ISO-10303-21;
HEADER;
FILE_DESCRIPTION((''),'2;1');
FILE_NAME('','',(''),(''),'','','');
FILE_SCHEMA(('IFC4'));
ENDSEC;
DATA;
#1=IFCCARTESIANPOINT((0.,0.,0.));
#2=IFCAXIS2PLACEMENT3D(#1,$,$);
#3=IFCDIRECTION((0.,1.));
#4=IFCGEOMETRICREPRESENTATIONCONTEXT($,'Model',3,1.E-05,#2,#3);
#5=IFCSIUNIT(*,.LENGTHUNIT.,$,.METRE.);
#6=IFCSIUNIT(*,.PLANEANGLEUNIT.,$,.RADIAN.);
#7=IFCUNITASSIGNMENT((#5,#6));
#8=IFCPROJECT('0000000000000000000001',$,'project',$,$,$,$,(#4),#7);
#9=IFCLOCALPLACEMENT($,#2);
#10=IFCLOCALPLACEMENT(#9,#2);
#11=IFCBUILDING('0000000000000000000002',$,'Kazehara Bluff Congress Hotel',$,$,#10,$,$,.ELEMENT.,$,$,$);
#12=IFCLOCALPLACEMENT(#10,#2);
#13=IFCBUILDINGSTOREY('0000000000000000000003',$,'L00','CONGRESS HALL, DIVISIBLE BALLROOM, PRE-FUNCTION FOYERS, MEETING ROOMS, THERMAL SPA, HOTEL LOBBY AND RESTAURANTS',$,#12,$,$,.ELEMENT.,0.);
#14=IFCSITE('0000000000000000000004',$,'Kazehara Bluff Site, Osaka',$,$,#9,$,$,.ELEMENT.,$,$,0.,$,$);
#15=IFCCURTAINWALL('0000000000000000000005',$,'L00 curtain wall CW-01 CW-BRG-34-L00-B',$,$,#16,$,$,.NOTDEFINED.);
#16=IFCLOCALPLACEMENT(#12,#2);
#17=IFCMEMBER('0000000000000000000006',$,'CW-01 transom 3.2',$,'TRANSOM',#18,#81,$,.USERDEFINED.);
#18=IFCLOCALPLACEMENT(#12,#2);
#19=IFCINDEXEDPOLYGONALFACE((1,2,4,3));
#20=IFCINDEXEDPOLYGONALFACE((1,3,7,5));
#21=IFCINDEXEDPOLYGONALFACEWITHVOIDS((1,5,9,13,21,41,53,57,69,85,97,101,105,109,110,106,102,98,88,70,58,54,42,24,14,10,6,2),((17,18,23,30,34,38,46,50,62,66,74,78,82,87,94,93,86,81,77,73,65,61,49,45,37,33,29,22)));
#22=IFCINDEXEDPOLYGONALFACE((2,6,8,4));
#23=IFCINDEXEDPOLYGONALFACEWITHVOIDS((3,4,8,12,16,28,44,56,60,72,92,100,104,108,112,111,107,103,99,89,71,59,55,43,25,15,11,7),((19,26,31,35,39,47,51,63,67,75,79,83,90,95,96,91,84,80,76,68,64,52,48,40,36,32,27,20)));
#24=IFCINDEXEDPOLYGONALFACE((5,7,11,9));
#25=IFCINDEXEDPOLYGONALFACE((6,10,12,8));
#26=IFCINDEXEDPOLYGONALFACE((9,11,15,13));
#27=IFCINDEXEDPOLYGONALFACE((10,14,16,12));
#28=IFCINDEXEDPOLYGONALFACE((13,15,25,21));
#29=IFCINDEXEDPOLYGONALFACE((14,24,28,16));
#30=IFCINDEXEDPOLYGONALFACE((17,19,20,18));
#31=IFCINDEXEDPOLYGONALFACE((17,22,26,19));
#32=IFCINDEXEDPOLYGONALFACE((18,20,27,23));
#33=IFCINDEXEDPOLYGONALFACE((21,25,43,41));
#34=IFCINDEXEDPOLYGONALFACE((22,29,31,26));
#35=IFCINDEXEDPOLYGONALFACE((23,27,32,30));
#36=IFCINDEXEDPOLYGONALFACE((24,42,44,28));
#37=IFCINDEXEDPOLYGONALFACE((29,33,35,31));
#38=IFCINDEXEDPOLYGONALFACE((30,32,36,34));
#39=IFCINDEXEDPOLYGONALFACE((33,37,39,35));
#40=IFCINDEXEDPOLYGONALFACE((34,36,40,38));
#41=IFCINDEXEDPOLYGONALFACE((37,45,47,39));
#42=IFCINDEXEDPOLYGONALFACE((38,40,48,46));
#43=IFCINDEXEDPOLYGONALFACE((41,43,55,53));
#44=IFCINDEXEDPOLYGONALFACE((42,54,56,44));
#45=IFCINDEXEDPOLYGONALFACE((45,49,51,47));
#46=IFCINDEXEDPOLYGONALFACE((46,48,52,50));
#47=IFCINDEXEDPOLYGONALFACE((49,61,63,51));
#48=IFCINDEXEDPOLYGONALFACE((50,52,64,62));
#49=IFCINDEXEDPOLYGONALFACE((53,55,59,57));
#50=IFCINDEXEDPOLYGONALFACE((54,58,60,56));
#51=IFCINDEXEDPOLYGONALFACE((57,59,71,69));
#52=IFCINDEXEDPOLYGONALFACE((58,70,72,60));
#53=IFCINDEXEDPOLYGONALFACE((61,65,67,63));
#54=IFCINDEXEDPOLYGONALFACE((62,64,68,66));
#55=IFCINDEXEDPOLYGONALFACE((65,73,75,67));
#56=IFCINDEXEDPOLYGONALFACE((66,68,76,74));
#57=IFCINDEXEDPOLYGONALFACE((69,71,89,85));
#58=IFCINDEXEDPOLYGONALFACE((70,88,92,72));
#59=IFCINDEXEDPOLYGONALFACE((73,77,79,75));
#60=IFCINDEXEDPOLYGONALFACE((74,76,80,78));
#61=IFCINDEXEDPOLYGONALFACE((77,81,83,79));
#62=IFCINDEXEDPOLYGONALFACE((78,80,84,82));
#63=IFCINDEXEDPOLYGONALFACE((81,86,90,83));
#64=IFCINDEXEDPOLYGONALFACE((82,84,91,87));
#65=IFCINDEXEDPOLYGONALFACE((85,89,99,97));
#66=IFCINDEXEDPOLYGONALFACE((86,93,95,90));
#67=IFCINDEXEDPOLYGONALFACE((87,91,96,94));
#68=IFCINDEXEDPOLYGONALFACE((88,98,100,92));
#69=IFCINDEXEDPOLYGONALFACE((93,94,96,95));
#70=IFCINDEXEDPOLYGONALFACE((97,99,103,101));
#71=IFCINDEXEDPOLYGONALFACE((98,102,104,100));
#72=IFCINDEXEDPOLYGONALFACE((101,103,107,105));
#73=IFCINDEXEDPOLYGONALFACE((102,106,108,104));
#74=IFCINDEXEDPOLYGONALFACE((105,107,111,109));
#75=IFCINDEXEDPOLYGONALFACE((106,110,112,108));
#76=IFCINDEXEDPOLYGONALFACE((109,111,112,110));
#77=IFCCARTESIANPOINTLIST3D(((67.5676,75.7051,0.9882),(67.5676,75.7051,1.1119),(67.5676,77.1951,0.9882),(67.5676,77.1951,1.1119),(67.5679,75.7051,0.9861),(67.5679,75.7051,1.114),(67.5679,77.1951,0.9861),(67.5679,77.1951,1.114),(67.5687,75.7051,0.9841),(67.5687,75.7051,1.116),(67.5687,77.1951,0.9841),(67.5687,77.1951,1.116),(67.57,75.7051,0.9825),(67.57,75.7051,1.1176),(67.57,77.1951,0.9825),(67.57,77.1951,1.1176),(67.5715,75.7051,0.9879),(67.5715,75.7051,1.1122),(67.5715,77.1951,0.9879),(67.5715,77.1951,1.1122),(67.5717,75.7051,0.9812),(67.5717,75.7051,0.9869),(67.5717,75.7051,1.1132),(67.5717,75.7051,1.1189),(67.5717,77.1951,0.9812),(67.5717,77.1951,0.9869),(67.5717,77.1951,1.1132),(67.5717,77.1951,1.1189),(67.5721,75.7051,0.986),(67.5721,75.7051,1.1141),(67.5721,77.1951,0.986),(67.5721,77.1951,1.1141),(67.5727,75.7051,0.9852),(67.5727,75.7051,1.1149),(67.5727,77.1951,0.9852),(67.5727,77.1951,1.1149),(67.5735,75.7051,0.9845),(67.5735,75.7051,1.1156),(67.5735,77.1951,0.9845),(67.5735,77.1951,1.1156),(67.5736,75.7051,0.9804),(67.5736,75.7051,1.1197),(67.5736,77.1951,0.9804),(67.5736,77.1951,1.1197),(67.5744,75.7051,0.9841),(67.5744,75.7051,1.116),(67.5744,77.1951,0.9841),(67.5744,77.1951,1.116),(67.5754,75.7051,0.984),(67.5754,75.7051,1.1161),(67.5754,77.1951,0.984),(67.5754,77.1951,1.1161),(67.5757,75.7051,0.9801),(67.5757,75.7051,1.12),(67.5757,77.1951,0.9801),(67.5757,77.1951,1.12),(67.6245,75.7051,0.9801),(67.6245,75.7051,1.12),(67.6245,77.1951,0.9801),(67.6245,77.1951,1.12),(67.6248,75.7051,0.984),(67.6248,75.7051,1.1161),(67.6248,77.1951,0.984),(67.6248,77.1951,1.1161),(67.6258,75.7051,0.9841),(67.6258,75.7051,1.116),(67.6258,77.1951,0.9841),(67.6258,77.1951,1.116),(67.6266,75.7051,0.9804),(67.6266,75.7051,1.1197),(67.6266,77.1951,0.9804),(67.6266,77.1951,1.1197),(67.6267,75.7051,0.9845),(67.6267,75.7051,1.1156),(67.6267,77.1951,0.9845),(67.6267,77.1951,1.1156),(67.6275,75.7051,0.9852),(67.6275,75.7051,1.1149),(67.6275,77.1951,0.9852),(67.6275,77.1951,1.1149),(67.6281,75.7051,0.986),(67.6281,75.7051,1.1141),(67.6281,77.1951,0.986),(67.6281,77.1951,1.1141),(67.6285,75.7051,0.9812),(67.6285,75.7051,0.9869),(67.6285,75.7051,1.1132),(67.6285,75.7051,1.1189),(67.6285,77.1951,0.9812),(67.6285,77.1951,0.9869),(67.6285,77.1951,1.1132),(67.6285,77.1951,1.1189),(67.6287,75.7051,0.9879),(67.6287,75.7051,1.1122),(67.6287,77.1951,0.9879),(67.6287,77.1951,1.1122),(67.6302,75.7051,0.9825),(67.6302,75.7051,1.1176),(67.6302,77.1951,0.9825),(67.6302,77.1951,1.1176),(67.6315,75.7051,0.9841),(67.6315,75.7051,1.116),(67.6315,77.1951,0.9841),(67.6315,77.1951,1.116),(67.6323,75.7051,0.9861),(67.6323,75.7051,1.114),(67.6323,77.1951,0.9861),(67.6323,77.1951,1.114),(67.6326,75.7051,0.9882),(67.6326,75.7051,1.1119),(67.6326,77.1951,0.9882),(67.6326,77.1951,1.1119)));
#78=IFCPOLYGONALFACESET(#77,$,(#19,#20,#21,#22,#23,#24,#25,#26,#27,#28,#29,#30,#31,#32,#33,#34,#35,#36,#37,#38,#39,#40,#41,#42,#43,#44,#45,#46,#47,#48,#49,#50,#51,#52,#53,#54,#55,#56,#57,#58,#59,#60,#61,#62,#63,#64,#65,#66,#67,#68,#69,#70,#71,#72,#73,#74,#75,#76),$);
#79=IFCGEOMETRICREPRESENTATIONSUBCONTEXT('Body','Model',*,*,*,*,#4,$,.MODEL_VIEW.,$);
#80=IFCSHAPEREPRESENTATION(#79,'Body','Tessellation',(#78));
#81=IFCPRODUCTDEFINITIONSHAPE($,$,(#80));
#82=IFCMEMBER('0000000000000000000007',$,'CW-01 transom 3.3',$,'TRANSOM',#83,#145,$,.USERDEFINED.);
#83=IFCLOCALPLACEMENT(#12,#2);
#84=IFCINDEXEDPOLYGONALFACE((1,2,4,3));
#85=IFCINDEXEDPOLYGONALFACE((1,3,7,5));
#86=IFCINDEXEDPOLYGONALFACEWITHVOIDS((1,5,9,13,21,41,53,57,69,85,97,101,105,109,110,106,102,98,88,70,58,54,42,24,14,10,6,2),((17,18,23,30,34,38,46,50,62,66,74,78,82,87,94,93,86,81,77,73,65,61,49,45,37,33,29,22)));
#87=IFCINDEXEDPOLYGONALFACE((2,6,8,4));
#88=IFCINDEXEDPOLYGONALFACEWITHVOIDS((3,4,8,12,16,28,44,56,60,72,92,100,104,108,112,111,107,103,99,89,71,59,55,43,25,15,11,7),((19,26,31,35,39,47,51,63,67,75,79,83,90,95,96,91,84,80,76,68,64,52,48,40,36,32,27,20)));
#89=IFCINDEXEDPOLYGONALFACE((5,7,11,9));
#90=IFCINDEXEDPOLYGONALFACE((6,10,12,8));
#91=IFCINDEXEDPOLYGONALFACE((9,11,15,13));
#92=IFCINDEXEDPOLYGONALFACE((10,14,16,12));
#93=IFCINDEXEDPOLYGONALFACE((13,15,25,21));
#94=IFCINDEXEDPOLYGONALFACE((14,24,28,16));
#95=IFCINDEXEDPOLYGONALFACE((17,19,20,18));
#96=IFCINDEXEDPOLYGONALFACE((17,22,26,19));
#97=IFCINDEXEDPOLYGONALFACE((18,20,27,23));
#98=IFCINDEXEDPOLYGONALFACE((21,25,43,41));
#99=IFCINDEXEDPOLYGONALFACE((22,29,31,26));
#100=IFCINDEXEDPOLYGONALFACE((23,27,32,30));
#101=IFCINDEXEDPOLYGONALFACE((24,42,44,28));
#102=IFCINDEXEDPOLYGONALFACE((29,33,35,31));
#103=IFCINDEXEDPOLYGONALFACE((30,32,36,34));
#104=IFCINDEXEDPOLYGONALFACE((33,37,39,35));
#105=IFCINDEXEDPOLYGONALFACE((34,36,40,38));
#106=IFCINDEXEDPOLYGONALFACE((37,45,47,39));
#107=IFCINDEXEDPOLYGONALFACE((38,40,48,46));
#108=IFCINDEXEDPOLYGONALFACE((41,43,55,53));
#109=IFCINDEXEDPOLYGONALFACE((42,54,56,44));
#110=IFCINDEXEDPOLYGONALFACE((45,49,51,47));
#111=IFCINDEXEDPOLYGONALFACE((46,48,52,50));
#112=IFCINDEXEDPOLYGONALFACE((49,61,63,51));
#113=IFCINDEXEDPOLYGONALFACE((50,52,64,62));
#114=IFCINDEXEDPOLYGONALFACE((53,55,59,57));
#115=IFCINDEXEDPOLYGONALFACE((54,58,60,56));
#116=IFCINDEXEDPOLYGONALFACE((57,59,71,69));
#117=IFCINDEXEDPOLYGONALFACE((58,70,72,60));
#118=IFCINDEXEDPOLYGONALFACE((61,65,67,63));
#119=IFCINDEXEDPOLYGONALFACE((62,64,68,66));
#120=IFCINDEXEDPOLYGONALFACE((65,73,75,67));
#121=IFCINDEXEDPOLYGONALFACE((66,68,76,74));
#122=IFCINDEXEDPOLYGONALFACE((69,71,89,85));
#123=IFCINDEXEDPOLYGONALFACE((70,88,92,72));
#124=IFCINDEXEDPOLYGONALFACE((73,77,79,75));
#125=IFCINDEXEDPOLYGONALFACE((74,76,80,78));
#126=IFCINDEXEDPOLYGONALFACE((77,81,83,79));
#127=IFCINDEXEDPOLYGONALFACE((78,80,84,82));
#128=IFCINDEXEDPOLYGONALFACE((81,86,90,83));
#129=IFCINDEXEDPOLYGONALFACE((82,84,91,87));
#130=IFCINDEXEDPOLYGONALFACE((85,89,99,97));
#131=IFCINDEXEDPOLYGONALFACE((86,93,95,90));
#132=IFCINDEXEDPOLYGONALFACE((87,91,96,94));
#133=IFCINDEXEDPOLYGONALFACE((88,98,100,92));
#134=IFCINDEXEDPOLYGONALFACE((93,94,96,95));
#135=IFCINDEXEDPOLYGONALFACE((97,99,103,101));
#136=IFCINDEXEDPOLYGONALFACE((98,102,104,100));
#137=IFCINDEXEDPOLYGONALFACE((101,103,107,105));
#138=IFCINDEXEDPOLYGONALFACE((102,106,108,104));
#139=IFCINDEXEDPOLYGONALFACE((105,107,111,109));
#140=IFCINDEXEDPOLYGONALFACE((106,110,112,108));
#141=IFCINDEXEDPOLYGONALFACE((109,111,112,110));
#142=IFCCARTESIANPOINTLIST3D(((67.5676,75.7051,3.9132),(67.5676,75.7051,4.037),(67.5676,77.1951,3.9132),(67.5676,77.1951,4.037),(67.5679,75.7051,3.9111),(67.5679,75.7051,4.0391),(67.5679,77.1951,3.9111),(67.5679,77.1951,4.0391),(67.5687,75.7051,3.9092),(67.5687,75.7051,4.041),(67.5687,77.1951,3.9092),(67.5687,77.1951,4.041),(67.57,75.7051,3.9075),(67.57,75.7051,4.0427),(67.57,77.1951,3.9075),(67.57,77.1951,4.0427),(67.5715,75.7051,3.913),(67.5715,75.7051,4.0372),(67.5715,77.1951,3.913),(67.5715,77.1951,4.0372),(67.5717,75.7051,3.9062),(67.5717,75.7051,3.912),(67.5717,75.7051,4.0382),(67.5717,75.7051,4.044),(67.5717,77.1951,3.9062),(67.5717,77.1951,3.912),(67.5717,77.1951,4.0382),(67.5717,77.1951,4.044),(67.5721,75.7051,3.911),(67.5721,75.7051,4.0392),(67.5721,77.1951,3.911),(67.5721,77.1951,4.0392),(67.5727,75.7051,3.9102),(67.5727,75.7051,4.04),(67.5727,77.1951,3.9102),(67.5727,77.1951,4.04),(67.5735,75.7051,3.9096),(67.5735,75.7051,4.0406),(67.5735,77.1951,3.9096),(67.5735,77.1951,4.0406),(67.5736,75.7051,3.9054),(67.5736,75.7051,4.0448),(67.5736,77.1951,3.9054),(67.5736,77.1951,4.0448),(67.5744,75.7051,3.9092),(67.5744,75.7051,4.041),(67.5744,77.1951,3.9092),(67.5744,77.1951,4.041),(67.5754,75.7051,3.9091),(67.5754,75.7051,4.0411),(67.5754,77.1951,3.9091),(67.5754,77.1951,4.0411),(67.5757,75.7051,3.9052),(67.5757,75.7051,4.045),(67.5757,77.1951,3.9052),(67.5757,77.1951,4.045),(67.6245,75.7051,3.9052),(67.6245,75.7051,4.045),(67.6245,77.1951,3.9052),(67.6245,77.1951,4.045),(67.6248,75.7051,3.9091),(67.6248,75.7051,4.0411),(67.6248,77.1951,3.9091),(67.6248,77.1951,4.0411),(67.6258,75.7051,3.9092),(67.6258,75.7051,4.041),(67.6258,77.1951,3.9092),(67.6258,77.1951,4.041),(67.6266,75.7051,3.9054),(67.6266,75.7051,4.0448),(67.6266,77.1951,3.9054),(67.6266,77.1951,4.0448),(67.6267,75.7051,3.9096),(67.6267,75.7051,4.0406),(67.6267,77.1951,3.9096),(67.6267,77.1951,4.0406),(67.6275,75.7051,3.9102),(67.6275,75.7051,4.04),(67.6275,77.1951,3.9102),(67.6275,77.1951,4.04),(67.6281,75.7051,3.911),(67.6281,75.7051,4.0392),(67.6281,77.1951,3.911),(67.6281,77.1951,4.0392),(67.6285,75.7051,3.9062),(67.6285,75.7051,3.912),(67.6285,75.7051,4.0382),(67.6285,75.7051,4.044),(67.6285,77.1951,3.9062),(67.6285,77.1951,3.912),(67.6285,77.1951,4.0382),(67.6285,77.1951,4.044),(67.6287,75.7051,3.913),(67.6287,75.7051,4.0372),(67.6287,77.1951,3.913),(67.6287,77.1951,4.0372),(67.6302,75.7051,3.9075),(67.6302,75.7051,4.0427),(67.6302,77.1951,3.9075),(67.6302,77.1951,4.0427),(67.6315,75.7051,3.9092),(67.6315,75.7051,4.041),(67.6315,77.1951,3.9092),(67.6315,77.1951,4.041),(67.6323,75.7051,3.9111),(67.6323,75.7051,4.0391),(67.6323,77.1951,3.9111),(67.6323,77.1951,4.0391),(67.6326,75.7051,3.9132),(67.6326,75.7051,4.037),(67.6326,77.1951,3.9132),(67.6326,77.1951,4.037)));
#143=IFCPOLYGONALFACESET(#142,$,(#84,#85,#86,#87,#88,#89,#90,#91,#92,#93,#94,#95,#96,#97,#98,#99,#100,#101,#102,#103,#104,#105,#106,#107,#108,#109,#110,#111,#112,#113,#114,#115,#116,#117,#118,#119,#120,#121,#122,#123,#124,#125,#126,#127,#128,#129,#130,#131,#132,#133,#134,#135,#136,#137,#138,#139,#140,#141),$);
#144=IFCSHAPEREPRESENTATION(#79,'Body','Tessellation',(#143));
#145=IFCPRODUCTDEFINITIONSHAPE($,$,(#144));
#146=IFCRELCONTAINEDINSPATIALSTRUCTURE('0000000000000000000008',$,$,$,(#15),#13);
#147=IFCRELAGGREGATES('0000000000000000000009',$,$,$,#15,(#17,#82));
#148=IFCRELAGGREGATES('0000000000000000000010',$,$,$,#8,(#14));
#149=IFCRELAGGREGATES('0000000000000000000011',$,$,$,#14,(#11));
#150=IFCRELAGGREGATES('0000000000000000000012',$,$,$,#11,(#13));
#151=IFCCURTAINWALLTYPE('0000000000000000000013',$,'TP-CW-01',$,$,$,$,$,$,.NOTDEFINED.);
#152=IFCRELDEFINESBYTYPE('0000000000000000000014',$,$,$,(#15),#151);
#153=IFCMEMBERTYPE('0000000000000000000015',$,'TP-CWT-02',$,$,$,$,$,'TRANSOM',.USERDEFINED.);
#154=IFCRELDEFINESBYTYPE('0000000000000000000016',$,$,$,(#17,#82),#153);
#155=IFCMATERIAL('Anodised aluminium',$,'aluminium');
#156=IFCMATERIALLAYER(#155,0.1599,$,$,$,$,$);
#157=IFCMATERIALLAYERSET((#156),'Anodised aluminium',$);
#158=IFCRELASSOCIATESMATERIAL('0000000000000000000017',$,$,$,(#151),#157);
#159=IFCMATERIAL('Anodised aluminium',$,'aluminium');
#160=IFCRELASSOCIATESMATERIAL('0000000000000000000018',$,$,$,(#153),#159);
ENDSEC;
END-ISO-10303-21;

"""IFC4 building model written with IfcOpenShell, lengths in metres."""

from ifc_helpers import new_model, si_unit, direction, frame, origin, origin_2d, place, context, subcontext, project, spatial, hollow_rectangle, extrude, material, layer, layer_set, material_profile, profile_set, type_object, element, aggregate, save


model = new_model("IFC4")

# Units and contexts
model_context = context("Model", 3, precision=1e-05, world=origin(), true_north=direction((0.0, 1.0)))
body_context = subcontext(model_context, "Body", "Model", "MODEL_VIEW")
ifc_project = project(units=[si_unit("LENGTHUNIT", "METRE"), si_unit("PLANEANGLEUNIT", "RADIAN")], contexts=[model_context])

# Site, building, storey
site_placement = place(None, origin())
site = spatial("IfcSite", under=ifc_project, at=site_placement, Name="Kazehara Bluff Site, Osaka", CompositionType="ELEMENT", RefElevation=0.0)
building_placement = place(site_placement, origin())
building = spatial("IfcBuilding", under=site, at=building_placement, Name="Kazehara Bluff Congress Hotel", CompositionType="ELEMENT")
storey_placement = place(building_placement, origin())
storey = spatial("IfcBuildingStorey", under=building, at=storey_placement, Name="L00", Description="CONGRESS HALL, DIVISIBLE BALLROOM, PRE-FUNCTION FOYERS, MEETING ROOMS, THERMAL SPA, HOTEL LOBBY AND RESTAURANTS", CompositionType="ELEMENT", Elevation=0.0)

# Curtain wall
ifc_material_1 = material(Name="Anodised aluminium", Category="aluminium")
ifc_layer_1 = layer(ifc_material_1, 0.1599)
ifc_layer_set_1 = layer_set([ifc_layer_1], Name="Anodised aluminium")
curtain_wall_type_1 = type_object("IfcCurtainWallType", Name="TP-CW-01", PredefinedType="NOTDEFINED", material=ifc_layer_set_1)
curtain_wall_1_placement = place(storey_placement, origin())
curtain_wall_1 = element("IfcCurtainWall", 1, at=curtain_wall_1_placement, inside=storey, type_object=curtain_wall_type_1, Name="L00 curtain wall CW-01 CW-BRG-34-L00-B", PredefinedType="NOTDEFINED")

# Members
ifc_material_2 = material(Name="Anodised aluminium", Category="aluminium")
ifc_material_profile_1 = material_profile(ifc_material_2, hollow_rectangle(XDim=0.0649, YDim=0.1399, WallThickness=0.0039, InnerFilletRadius=0.0039, OuterFilletRadius=0.0081, at=origin_2d()))
ifc_profile_set_1 = profile_set([ifc_material_profile_1], Name="Anodised aluminium")
member_type_1 = type_object("IfcMemberType", Name="TP-CWT-02", ElementType="TRANSOM", PredefinedType="USERDEFINED", material=ifc_profile_set_1)
member_1_placement = place(storey_placement, frame((67.6001, 75.7051, 1.05), z_axis=(0.0, 1.0, 0.0), x_axis=(-1.0, 0.0, 0.0)))
member_1 = element("IfcMember", 2, at=member_1_placement, type_object=member_type_1, Name="CW-01 transom 3.2", ObjectType="TRANSOM", PredefinedType="USERDEFINED", context=body_context, shape_type="SweptSolid", body=[
    extrude(hollow_rectangle(XDim=0.0649, YDim=0.1399, WallThickness=0.0039, InnerFilletRadius=0.0039, OuterFilletRadius=0.0081, at=origin_2d()), origin(), (0.0, 0.0, 1.0), 1.49),
])
member_2_placement = place(storey_placement, frame((67.6001, 75.7051, 3.9751), z_axis=(0.0, 1.0, 0.0), x_axis=(-1.0, 0.0, 0.0)))
member_2 = element("IfcMember", 3, at=member_2_placement, type_object=member_type_1, Name="CW-01 transom 3.3", ObjectType="TRANSOM", PredefinedType="USERDEFINED", context=body_context, shape_type="SweptSolid", body=[
    extrude(hollow_rectangle(XDim=0.0649, YDim=0.1399, WallThickness=0.0039, InnerFilletRadius=0.0039, OuterFilletRadius=0.0081, at=origin_2d()), origin(), (0.0, 0.0, 1.0), 1.49),
])

aggregate(curtain_wall_1, [member_1, member_2])

save(model, "model.ifc")
